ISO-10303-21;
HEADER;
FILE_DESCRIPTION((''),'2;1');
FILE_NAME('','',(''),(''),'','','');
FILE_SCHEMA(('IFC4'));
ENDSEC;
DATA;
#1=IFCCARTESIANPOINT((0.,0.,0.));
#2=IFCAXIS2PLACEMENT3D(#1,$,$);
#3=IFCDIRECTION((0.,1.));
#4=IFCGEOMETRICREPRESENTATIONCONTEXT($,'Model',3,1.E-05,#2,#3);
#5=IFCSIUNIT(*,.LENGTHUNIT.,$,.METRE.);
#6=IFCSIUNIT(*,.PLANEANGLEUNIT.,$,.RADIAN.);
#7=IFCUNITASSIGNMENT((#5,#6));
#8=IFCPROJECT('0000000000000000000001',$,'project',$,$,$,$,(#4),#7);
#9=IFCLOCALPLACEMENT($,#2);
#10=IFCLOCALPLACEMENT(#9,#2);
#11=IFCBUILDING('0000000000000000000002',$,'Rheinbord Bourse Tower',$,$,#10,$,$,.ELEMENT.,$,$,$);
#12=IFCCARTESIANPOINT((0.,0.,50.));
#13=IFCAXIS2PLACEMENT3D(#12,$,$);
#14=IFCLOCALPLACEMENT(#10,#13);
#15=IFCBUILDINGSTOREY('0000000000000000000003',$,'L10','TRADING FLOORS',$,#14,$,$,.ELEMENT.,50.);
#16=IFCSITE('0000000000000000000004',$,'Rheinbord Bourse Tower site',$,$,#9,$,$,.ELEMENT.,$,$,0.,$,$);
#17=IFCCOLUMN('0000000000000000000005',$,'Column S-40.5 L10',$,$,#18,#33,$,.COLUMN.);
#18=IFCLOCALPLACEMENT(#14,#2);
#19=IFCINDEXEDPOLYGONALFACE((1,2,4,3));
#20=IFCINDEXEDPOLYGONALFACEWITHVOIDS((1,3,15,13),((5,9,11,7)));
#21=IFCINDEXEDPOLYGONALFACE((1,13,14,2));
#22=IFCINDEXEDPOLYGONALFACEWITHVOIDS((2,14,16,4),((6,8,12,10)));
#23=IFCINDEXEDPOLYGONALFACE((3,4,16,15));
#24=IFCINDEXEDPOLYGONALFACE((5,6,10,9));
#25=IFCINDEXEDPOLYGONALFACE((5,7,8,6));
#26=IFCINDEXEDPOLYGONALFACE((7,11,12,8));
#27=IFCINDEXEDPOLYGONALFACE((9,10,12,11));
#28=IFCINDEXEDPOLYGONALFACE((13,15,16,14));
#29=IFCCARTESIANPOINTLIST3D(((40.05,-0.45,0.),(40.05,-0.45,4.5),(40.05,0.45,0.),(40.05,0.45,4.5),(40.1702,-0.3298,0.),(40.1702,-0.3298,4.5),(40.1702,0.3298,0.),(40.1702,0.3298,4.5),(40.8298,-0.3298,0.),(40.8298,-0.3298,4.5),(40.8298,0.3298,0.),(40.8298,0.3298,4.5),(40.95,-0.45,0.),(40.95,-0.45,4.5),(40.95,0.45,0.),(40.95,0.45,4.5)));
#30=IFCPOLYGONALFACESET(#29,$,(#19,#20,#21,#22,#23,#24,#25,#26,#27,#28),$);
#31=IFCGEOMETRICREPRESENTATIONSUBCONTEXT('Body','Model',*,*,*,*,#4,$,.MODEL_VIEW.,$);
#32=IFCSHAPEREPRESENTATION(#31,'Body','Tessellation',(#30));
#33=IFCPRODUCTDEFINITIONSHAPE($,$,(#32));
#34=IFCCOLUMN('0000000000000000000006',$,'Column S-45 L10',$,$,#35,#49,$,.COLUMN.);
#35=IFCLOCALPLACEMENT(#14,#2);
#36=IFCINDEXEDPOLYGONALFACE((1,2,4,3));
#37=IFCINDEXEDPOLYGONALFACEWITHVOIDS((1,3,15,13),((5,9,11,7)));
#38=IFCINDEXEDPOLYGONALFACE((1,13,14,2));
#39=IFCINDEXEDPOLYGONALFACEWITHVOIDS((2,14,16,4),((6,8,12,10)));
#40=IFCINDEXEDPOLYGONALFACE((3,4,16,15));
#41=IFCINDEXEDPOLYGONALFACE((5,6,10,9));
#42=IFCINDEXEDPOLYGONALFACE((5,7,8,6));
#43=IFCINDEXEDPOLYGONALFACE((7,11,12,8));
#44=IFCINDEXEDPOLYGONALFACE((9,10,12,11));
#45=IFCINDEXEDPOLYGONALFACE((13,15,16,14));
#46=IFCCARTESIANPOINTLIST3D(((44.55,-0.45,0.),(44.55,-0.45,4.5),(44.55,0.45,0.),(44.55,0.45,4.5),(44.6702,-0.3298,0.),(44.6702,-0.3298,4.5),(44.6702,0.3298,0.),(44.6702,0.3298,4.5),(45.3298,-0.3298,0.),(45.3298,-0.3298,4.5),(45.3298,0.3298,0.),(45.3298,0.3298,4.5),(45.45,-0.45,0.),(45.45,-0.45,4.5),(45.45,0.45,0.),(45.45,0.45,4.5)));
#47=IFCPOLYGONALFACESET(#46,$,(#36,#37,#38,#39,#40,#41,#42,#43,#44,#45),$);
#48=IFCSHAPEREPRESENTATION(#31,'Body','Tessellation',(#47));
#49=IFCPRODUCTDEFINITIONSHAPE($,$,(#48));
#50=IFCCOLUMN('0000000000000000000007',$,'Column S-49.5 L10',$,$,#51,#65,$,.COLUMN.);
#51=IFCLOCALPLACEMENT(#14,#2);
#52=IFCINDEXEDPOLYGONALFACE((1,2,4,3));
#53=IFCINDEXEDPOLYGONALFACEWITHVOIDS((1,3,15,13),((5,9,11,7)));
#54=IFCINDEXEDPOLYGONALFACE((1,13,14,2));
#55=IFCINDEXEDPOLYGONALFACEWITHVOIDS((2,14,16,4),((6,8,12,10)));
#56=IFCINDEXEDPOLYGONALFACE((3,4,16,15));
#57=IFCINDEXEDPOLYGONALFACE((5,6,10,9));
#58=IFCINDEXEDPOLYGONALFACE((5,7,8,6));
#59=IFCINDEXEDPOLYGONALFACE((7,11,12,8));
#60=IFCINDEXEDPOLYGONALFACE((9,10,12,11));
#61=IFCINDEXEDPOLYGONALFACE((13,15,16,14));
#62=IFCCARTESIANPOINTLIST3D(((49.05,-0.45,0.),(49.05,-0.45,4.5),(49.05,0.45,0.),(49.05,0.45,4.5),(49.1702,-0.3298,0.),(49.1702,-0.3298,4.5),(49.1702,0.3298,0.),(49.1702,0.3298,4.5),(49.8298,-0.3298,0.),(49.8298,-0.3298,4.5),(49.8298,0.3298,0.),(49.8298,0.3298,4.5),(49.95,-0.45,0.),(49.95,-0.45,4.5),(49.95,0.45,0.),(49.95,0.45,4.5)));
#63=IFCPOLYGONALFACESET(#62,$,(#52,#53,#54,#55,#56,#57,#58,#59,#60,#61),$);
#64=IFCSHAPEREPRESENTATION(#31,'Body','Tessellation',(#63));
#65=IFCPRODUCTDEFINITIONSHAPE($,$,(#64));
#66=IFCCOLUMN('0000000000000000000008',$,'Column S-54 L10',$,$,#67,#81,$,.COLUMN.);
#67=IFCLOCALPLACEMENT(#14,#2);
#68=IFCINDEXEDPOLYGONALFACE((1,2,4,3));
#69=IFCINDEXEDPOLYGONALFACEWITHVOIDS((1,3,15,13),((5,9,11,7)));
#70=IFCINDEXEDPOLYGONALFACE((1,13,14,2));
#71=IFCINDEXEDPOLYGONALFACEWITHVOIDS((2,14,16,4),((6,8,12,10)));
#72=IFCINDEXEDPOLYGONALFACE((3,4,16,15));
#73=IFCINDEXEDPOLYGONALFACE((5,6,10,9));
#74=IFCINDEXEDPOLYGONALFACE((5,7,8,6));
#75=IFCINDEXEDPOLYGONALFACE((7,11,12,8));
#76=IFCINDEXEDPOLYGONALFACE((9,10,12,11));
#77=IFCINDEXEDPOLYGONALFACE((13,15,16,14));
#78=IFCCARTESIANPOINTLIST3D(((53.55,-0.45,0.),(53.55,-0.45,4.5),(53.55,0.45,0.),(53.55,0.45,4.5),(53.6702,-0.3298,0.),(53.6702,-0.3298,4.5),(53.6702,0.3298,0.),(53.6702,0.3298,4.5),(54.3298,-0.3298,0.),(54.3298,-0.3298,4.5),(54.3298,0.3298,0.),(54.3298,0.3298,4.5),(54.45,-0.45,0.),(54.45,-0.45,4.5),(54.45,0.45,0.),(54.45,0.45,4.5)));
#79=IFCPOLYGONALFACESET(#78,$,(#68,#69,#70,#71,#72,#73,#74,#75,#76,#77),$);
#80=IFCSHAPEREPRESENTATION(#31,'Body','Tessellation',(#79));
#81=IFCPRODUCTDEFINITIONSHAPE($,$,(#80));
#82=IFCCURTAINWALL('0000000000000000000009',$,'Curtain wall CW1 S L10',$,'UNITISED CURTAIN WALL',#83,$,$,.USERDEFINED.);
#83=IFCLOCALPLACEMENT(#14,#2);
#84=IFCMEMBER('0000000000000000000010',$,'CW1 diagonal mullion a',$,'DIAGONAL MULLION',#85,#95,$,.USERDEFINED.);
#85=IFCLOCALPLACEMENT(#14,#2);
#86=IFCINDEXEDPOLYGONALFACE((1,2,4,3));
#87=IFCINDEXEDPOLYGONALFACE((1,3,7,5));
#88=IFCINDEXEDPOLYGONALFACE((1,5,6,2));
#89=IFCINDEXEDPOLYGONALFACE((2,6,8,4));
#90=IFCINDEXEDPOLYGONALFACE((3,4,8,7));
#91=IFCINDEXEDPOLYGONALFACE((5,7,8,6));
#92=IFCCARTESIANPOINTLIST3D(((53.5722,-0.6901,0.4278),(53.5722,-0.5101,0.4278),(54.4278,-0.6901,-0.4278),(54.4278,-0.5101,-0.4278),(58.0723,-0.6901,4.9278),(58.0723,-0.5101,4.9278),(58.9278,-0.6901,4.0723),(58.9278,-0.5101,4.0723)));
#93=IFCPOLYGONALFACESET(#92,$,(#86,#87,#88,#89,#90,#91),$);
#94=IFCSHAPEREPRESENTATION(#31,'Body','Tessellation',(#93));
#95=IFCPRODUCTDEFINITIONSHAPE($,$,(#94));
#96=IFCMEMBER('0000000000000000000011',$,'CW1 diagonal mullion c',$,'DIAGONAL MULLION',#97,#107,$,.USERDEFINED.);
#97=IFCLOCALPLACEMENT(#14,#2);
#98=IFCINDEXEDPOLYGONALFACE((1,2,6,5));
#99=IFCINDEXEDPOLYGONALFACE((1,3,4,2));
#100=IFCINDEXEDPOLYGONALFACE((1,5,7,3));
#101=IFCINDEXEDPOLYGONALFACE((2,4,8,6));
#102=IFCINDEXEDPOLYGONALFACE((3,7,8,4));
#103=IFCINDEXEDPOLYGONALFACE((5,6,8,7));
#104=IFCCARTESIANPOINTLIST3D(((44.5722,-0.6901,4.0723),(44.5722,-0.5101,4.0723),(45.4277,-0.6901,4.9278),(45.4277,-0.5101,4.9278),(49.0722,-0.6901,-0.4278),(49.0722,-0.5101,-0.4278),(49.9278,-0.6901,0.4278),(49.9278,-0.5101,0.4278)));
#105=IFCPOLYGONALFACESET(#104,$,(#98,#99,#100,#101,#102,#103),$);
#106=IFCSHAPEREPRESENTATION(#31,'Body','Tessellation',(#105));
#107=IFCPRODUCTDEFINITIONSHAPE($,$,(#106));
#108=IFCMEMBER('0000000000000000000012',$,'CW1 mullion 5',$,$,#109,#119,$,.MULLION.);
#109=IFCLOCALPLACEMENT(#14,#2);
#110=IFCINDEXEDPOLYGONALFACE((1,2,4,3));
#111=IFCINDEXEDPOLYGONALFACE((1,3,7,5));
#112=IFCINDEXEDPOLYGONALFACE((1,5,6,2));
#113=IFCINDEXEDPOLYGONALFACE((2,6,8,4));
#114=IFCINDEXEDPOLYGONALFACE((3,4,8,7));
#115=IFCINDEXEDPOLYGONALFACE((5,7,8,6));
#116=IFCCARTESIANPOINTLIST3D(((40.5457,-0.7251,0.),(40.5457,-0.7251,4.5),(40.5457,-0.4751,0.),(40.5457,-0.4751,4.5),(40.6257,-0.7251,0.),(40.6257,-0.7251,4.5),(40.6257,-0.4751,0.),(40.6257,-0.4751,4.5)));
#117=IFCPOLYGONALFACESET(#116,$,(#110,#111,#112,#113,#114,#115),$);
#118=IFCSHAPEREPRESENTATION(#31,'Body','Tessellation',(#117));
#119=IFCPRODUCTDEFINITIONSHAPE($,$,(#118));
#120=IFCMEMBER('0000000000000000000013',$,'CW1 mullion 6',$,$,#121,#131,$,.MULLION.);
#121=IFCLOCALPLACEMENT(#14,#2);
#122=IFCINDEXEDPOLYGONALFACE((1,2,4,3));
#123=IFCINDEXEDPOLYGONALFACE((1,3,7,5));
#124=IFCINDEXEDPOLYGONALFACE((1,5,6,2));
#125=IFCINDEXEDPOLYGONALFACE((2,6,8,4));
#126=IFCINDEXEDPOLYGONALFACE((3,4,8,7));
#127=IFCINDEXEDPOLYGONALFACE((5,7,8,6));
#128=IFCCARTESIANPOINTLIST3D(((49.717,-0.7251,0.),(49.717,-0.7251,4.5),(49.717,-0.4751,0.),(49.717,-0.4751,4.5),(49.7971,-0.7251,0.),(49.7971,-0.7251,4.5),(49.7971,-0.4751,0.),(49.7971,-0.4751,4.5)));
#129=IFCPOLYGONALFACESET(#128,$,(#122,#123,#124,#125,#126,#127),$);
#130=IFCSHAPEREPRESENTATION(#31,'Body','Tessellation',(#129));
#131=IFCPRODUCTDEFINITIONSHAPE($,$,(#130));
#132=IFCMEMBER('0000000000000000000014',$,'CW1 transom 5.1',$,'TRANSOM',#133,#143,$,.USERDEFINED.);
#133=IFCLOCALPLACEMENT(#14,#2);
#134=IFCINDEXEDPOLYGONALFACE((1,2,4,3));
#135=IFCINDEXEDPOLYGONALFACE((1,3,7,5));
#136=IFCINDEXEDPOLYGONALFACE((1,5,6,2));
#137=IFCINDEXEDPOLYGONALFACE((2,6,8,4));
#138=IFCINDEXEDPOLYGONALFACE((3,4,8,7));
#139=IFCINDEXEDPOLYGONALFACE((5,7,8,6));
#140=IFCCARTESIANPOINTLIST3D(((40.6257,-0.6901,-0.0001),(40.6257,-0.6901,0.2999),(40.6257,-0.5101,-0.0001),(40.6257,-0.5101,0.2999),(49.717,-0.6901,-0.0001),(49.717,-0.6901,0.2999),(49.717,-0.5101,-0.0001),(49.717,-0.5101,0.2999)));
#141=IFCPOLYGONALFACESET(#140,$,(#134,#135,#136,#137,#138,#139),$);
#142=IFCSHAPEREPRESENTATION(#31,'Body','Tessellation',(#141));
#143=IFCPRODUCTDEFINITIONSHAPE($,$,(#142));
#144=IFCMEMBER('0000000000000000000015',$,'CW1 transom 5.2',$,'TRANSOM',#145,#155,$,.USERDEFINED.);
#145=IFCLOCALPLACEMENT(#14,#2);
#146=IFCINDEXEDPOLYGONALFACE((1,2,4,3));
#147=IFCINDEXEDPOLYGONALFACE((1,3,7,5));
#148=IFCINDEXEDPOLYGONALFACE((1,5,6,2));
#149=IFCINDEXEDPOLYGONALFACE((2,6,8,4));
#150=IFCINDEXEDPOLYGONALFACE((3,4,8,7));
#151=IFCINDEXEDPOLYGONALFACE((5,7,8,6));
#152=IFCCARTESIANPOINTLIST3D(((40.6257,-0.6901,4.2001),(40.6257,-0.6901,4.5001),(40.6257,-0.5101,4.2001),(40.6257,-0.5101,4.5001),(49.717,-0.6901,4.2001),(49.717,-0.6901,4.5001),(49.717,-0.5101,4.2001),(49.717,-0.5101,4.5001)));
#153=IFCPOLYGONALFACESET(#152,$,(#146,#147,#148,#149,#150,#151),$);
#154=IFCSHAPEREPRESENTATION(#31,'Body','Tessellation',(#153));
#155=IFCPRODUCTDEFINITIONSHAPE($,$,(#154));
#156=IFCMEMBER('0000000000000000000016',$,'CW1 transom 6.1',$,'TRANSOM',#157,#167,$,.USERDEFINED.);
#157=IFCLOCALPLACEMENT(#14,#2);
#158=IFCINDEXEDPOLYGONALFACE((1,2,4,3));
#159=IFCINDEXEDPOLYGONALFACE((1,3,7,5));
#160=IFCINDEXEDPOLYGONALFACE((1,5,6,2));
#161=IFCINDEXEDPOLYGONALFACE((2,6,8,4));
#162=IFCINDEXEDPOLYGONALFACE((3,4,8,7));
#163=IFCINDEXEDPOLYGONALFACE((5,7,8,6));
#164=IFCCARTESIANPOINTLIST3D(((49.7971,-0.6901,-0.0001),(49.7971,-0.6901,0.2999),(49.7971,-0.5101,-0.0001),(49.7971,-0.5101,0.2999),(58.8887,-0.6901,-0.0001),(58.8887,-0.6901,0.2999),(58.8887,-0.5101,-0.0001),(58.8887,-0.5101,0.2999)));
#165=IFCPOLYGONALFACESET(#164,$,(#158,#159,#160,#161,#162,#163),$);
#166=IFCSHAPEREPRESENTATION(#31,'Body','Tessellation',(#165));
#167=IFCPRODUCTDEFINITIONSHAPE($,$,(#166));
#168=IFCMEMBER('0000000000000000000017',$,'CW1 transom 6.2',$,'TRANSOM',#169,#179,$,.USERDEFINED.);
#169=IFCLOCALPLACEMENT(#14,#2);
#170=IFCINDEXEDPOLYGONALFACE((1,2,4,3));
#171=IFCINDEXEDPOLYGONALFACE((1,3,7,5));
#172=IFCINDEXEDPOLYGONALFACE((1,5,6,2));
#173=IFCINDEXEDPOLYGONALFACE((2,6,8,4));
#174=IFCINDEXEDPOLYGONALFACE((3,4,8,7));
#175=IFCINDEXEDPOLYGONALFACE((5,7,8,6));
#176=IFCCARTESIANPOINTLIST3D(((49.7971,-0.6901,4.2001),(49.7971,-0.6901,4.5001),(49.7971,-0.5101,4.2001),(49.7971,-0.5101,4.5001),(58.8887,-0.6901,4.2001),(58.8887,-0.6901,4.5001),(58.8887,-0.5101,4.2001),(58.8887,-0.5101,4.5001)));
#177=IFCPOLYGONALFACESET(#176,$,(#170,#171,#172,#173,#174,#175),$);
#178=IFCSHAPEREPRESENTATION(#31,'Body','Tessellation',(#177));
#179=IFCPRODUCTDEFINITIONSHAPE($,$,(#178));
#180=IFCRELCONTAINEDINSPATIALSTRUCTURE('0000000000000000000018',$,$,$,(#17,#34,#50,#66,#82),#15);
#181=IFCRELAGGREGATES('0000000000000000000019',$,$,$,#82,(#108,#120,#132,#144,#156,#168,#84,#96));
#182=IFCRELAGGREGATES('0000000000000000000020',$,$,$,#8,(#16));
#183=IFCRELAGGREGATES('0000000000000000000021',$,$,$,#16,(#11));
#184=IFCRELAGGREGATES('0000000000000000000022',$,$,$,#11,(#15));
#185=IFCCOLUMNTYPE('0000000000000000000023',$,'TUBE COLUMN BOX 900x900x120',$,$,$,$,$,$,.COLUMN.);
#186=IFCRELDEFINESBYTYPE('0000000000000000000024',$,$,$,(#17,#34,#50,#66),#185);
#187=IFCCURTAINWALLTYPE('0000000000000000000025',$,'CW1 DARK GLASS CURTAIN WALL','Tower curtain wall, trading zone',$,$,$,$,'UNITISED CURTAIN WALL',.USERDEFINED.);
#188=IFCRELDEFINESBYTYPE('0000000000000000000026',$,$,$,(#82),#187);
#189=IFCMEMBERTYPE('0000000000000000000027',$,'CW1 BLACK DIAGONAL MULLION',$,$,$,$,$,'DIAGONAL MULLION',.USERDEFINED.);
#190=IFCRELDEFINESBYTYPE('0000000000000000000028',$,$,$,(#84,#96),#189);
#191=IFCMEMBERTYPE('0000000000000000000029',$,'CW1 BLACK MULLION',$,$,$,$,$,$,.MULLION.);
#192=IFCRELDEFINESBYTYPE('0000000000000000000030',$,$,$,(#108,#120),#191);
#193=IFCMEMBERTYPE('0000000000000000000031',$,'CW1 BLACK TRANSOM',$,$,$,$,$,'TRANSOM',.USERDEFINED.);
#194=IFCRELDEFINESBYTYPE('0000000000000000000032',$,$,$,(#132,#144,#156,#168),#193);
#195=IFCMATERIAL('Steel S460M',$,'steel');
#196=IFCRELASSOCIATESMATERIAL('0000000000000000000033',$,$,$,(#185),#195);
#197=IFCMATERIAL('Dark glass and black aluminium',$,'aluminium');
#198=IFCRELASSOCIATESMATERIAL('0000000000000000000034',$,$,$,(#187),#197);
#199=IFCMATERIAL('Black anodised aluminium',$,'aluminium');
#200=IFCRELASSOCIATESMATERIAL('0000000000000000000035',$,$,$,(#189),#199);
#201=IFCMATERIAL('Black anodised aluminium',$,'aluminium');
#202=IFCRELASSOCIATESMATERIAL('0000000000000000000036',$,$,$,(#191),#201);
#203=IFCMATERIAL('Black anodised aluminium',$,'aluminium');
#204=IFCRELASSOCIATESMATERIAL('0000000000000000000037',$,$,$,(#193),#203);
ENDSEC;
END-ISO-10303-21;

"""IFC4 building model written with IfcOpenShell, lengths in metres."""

from ifc_helpers import new_model, si_unit, direction, frame, origin, origin_2d, place, context, subcontext, project, spatial, rectangle, hollow_rectangle, extrude, material, material_profile, profile_set, type_object, element, aggregate, save


model = new_model("IFC4")

# Units and contexts
model_context = context("Model", 3, precision=1e-05, world=origin(), true_north=direction((0.0, 1.0)))
body_context = subcontext(model_context, "Body", "Model", "MODEL_VIEW")
ifc_project = project(units=[si_unit("LENGTHUNIT", "METRE"), si_unit("PLANEANGLEUNIT", "RADIAN")], contexts=[model_context])

# Site, building, storey
site_placement = place(None, origin())
site = spatial("IfcSite", under=ifc_project, at=site_placement, Name="Rheinbord Bourse Tower site", CompositionType="ELEMENT", RefElevation=0.0)
building_placement = place(site_placement, origin())
building = spatial("IfcBuilding", under=site, at=building_placement, Name="Rheinbord Bourse Tower", CompositionType="ELEMENT")
storey_placement = place(building_placement, frame((0.0, 0.0, 50.0)))
storey = spatial("IfcBuildingStorey", under=building, at=storey_placement, Name="L10", Description="TRADING FLOORS", CompositionType="ELEMENT", Elevation=50.0)

# Columns
ifc_material_1 = material(Name="Steel S460M", Category="steel")
ifc_material_profile_1 = material_profile(ifc_material_1, hollow_rectangle(XDim=0.8999, YDim=0.8999, WallThickness=0.1201, at=origin_2d()), Name="BOX 900x900x120")
ifc_profile_set_1 = profile_set([ifc_material_profile_1], Name="Steel S460M")
column_type = type_object("IfcColumnType", Name="TUBE COLUMN BOX 900x900x120", PredefinedType="COLUMN", material=ifc_profile_set_1)
for number, where, z_axis, x_axis, name in (
    (1, (40.5, 0.0, 0.0), (0.0, 0.0, 1.0), (0.0, 1.0, 0.0), "Column S-40.5 L10"),
    (2, (45.0, 0.0, 0.0), (0.0, 0.0, 1.0), (0.0, 1.0, 0.0), "Column S-45 L10"),
    (3, (49.5, 0.0, 0.0), (0.0, 0.0, 1.0), (0.0, 1.0, 0.0), "Column S-49.5 L10"),
    (4, (54.0, 0.0, 0.0), (0.0, 0.0, 1.0), (0.0, 1.0, 0.0), "Column S-54 L10"),
):
    element("IfcColumn", number, at=place(storey_placement, frame(where, z_axis=z_axis, x_axis=x_axis)), inside=storey, type_object=column_type, Name=name, PredefinedType="COLUMN", context=body_context, shape_type="SweptSolid", body=[
        extrude(hollow_rectangle(XDim=0.8999, YDim=0.8999, WallThickness=0.1201, at=origin_2d()), origin(), (0.0, 0.0, 1.0), 4.5),
    ])

# Curtain wall, members
ifc_material_2 = material(Name="Dark glass and black aluminium", Category="aluminium")
curtain_wall_type = type_object("IfcCurtainWallType", Name="CW1 DARK GLASS CURTAIN WALL", Description="Tower curtain wall, trading zone", ElementType="UNITISED CURTAIN WALL", PredefinedType="USERDEFINED", material=ifc_material_2)
curtain_wall_placement = place(storey_placement, origin())
curtain_wall = element("IfcCurtainWall", 5, at=curtain_wall_placement, inside=storey, type_object=curtain_wall_type, Name="Curtain wall CW1 S L10", ObjectType="UNITISED CURTAIN WALL", PredefinedType="USERDEFINED")
ifc_material_3 = material(Name="Black anodised aluminium", Category="aluminium")
ifc_material_profile_2 = material_profile(ifc_material_3, rectangle(XDim=0.1799, YDim=1.21, at=origin_2d()), Name="CW1 DIAGONAL MULLION 1210x180")
ifc_profile_set_2 = profile_set([ifc_material_profile_2], Name="Black anodised aluminium")
member_type_1 = type_object("IfcMemberType", Name="CW1 BLACK DIAGONAL MULLION", ElementType="DIAGONAL MULLION", PredefinedType="USERDEFINED", material=ifc_profile_set_2)
member_1_placement = place(storey_placement, frame((54.0, -0.6001, 0.0), z_axis=(0.707107, 0.0, 0.707107), x_axis=(0.0, 1.0, 0.0)))
member_1 = element("IfcMember", 6, at=member_1_placement, type_object=member_type_1, Name="CW1 diagonal mullion a", ObjectType="DIAGONAL MULLION", PredefinedType="USERDEFINED", context=body_context, shape_type="SweptSolid", body=[
    extrude(rectangle(XDim=0.1799, YDim=1.21, at=origin_2d()), origin(), (0.0, 0.0, 1.0), 6.364),
])
member_2_placement = place(storey_placement, frame((49.5, -0.6001, 0.0), z_axis=(-0.707107, 0.0, 0.707107), x_axis=(0.0, -1.0, 0.0)))
member_2 = element("IfcMember", 7, at=member_2_placement, type_object=member_type_1, Name="CW1 diagonal mullion c", ObjectType="DIAGONAL MULLION", PredefinedType="USERDEFINED", context=body_context, shape_type="SweptSolid", body=[
    extrude(rectangle(XDim=0.1799, YDim=1.21, at=origin_2d()), origin(), (0.0, 0.0, 1.0), 6.364),
])
ifc_material_4 = material(Name="Black anodised aluminium", Category="aluminium")
ifc_material_profile_3 = material_profile(ifc_material_4, rectangle(XDim=0.25, YDim=0.0801, at=origin_2d()), Name="CW1 MULLION 80x250")
ifc_profile_set_3 = profile_set([ifc_material_profile_3], Name="Black anodised aluminium")
member_type_2 = type_object("IfcMemberType", Name="CW1 BLACK MULLION", PredefinedType="MULLION", material=ifc_profile_set_3)
member_3_placement = place(storey_placement, frame((40.5857, -0.6001, 0.0), z_axis=(0.0, 0.0, 1.0), x_axis=(0.0, 1.0, 0.0)))
member_3 = element("IfcMember", 8, at=member_3_placement, type_object=member_type_2, Name="CW1 mullion 5", PredefinedType="MULLION", context=body_context, shape_type="SweptSolid", body=[
    extrude(rectangle(XDim=0.25, YDim=0.0801, at=origin_2d()), origin(), (0.0, 0.0, 1.0), 4.5),
])
member_4_placement = place(storey_placement, frame((49.7571, -0.6001, 0.0), z_axis=(0.0, 0.0, 1.0), x_axis=(0.0, 1.0, 0.0)))
member_4 = element("IfcMember", 9, at=member_4_placement, type_object=member_type_2, Name="CW1 mullion 6", PredefinedType="MULLION", context=body_context, shape_type="SweptSolid", body=[
    extrude(rectangle(XDim=0.25, YDim=0.0801, at=origin_2d()), origin(), (0.0, 0.0, 1.0), 4.5),
])
ifc_material_5 = material(Name="Black anodised aluminium", Category="aluminium")
ifc_material_profile_4 = material_profile(ifc_material_5, rectangle(XDim=0.1799, YDim=0.3, at=origin_2d()), Name="CW1 TRANSOM 300x180")
ifc_profile_set_4 = profile_set([ifc_material_profile_4], Name="Black anodised aluminium")
member_type_3 = type_object("IfcMemberType", Name="CW1 BLACK TRANSOM", ElementType="TRANSOM", PredefinedType="USERDEFINED", material=ifc_profile_set_4)
member_5_placement = place(storey_placement, frame((40.6257, -0.6001, 0.1499), z_axis=(1.0, 0.0, 0.0), x_axis=(0.0, 1.0, 0.0)))
member_5 = element("IfcMember", 10, at=member_5_placement, type_object=member_type_3, Name="CW1 transom 5.1", ObjectType="TRANSOM", PredefinedType="USERDEFINED", context=body_context, shape_type="SweptSolid", body=[
    extrude(rectangle(XDim=0.1799, YDim=0.3, at=origin_2d()), origin(), (0.0, 0.0, 1.0), 9.0913),
])
member_6_placement = place(storey_placement, frame((40.6257, -0.6001, 4.3501), z_axis=(1.0, 0.0, 0.0), x_axis=(0.0, 1.0, 0.0)))
member_6 = element("IfcMember", 11, at=member_6_placement, type_object=member_type_3, Name="CW1 transom 5.2", ObjectType="TRANSOM", PredefinedType="USERDEFINED", context=body_context, shape_type="SweptSolid", body=[
    extrude(rectangle(XDim=0.1799, YDim=0.3, at=origin_2d()), origin(), (0.0, 0.0, 1.0), 9.0913),
])
member_7_placement = place(storey_placement, frame((49.7971, -0.6001, 0.1499), z_axis=(1.0, 0.0, 0.0), x_axis=(0.0, 1.0, 0.0)))
member_7 = element("IfcMember", 12, at=member_7_placement, type_object=member_type_3, Name="CW1 transom 6.1", ObjectType="TRANSOM", PredefinedType="USERDEFINED", context=body_context, shape_type="SweptSolid", body=[
    extrude(rectangle(XDim=0.1799, YDim=0.3, at=origin_2d()), origin(), (0.0, 0.0, 1.0), 9.0916),
])
member_8_placement = place(storey_placement, frame((49.7971, -0.6001, 4.3501), z_axis=(1.0, 0.0, 0.0), x_axis=(0.0, 1.0, 0.0)))
member_8 = element("IfcMember", 13, at=member_8_placement, type_object=member_type_3, Name="CW1 transom 6.2", ObjectType="TRANSOM", PredefinedType="USERDEFINED", context=body_context, shape_type="SweptSolid", body=[
    extrude(rectangle(XDim=0.1799, YDim=0.3, at=origin_2d()), origin(), (0.0, 0.0, 1.0), 9.0916),
])

aggregate(curtain_wall, [member_3, member_4, member_5, member_6, member_7, member_8, member_1, member_2])

save(model, "model.ifc")
